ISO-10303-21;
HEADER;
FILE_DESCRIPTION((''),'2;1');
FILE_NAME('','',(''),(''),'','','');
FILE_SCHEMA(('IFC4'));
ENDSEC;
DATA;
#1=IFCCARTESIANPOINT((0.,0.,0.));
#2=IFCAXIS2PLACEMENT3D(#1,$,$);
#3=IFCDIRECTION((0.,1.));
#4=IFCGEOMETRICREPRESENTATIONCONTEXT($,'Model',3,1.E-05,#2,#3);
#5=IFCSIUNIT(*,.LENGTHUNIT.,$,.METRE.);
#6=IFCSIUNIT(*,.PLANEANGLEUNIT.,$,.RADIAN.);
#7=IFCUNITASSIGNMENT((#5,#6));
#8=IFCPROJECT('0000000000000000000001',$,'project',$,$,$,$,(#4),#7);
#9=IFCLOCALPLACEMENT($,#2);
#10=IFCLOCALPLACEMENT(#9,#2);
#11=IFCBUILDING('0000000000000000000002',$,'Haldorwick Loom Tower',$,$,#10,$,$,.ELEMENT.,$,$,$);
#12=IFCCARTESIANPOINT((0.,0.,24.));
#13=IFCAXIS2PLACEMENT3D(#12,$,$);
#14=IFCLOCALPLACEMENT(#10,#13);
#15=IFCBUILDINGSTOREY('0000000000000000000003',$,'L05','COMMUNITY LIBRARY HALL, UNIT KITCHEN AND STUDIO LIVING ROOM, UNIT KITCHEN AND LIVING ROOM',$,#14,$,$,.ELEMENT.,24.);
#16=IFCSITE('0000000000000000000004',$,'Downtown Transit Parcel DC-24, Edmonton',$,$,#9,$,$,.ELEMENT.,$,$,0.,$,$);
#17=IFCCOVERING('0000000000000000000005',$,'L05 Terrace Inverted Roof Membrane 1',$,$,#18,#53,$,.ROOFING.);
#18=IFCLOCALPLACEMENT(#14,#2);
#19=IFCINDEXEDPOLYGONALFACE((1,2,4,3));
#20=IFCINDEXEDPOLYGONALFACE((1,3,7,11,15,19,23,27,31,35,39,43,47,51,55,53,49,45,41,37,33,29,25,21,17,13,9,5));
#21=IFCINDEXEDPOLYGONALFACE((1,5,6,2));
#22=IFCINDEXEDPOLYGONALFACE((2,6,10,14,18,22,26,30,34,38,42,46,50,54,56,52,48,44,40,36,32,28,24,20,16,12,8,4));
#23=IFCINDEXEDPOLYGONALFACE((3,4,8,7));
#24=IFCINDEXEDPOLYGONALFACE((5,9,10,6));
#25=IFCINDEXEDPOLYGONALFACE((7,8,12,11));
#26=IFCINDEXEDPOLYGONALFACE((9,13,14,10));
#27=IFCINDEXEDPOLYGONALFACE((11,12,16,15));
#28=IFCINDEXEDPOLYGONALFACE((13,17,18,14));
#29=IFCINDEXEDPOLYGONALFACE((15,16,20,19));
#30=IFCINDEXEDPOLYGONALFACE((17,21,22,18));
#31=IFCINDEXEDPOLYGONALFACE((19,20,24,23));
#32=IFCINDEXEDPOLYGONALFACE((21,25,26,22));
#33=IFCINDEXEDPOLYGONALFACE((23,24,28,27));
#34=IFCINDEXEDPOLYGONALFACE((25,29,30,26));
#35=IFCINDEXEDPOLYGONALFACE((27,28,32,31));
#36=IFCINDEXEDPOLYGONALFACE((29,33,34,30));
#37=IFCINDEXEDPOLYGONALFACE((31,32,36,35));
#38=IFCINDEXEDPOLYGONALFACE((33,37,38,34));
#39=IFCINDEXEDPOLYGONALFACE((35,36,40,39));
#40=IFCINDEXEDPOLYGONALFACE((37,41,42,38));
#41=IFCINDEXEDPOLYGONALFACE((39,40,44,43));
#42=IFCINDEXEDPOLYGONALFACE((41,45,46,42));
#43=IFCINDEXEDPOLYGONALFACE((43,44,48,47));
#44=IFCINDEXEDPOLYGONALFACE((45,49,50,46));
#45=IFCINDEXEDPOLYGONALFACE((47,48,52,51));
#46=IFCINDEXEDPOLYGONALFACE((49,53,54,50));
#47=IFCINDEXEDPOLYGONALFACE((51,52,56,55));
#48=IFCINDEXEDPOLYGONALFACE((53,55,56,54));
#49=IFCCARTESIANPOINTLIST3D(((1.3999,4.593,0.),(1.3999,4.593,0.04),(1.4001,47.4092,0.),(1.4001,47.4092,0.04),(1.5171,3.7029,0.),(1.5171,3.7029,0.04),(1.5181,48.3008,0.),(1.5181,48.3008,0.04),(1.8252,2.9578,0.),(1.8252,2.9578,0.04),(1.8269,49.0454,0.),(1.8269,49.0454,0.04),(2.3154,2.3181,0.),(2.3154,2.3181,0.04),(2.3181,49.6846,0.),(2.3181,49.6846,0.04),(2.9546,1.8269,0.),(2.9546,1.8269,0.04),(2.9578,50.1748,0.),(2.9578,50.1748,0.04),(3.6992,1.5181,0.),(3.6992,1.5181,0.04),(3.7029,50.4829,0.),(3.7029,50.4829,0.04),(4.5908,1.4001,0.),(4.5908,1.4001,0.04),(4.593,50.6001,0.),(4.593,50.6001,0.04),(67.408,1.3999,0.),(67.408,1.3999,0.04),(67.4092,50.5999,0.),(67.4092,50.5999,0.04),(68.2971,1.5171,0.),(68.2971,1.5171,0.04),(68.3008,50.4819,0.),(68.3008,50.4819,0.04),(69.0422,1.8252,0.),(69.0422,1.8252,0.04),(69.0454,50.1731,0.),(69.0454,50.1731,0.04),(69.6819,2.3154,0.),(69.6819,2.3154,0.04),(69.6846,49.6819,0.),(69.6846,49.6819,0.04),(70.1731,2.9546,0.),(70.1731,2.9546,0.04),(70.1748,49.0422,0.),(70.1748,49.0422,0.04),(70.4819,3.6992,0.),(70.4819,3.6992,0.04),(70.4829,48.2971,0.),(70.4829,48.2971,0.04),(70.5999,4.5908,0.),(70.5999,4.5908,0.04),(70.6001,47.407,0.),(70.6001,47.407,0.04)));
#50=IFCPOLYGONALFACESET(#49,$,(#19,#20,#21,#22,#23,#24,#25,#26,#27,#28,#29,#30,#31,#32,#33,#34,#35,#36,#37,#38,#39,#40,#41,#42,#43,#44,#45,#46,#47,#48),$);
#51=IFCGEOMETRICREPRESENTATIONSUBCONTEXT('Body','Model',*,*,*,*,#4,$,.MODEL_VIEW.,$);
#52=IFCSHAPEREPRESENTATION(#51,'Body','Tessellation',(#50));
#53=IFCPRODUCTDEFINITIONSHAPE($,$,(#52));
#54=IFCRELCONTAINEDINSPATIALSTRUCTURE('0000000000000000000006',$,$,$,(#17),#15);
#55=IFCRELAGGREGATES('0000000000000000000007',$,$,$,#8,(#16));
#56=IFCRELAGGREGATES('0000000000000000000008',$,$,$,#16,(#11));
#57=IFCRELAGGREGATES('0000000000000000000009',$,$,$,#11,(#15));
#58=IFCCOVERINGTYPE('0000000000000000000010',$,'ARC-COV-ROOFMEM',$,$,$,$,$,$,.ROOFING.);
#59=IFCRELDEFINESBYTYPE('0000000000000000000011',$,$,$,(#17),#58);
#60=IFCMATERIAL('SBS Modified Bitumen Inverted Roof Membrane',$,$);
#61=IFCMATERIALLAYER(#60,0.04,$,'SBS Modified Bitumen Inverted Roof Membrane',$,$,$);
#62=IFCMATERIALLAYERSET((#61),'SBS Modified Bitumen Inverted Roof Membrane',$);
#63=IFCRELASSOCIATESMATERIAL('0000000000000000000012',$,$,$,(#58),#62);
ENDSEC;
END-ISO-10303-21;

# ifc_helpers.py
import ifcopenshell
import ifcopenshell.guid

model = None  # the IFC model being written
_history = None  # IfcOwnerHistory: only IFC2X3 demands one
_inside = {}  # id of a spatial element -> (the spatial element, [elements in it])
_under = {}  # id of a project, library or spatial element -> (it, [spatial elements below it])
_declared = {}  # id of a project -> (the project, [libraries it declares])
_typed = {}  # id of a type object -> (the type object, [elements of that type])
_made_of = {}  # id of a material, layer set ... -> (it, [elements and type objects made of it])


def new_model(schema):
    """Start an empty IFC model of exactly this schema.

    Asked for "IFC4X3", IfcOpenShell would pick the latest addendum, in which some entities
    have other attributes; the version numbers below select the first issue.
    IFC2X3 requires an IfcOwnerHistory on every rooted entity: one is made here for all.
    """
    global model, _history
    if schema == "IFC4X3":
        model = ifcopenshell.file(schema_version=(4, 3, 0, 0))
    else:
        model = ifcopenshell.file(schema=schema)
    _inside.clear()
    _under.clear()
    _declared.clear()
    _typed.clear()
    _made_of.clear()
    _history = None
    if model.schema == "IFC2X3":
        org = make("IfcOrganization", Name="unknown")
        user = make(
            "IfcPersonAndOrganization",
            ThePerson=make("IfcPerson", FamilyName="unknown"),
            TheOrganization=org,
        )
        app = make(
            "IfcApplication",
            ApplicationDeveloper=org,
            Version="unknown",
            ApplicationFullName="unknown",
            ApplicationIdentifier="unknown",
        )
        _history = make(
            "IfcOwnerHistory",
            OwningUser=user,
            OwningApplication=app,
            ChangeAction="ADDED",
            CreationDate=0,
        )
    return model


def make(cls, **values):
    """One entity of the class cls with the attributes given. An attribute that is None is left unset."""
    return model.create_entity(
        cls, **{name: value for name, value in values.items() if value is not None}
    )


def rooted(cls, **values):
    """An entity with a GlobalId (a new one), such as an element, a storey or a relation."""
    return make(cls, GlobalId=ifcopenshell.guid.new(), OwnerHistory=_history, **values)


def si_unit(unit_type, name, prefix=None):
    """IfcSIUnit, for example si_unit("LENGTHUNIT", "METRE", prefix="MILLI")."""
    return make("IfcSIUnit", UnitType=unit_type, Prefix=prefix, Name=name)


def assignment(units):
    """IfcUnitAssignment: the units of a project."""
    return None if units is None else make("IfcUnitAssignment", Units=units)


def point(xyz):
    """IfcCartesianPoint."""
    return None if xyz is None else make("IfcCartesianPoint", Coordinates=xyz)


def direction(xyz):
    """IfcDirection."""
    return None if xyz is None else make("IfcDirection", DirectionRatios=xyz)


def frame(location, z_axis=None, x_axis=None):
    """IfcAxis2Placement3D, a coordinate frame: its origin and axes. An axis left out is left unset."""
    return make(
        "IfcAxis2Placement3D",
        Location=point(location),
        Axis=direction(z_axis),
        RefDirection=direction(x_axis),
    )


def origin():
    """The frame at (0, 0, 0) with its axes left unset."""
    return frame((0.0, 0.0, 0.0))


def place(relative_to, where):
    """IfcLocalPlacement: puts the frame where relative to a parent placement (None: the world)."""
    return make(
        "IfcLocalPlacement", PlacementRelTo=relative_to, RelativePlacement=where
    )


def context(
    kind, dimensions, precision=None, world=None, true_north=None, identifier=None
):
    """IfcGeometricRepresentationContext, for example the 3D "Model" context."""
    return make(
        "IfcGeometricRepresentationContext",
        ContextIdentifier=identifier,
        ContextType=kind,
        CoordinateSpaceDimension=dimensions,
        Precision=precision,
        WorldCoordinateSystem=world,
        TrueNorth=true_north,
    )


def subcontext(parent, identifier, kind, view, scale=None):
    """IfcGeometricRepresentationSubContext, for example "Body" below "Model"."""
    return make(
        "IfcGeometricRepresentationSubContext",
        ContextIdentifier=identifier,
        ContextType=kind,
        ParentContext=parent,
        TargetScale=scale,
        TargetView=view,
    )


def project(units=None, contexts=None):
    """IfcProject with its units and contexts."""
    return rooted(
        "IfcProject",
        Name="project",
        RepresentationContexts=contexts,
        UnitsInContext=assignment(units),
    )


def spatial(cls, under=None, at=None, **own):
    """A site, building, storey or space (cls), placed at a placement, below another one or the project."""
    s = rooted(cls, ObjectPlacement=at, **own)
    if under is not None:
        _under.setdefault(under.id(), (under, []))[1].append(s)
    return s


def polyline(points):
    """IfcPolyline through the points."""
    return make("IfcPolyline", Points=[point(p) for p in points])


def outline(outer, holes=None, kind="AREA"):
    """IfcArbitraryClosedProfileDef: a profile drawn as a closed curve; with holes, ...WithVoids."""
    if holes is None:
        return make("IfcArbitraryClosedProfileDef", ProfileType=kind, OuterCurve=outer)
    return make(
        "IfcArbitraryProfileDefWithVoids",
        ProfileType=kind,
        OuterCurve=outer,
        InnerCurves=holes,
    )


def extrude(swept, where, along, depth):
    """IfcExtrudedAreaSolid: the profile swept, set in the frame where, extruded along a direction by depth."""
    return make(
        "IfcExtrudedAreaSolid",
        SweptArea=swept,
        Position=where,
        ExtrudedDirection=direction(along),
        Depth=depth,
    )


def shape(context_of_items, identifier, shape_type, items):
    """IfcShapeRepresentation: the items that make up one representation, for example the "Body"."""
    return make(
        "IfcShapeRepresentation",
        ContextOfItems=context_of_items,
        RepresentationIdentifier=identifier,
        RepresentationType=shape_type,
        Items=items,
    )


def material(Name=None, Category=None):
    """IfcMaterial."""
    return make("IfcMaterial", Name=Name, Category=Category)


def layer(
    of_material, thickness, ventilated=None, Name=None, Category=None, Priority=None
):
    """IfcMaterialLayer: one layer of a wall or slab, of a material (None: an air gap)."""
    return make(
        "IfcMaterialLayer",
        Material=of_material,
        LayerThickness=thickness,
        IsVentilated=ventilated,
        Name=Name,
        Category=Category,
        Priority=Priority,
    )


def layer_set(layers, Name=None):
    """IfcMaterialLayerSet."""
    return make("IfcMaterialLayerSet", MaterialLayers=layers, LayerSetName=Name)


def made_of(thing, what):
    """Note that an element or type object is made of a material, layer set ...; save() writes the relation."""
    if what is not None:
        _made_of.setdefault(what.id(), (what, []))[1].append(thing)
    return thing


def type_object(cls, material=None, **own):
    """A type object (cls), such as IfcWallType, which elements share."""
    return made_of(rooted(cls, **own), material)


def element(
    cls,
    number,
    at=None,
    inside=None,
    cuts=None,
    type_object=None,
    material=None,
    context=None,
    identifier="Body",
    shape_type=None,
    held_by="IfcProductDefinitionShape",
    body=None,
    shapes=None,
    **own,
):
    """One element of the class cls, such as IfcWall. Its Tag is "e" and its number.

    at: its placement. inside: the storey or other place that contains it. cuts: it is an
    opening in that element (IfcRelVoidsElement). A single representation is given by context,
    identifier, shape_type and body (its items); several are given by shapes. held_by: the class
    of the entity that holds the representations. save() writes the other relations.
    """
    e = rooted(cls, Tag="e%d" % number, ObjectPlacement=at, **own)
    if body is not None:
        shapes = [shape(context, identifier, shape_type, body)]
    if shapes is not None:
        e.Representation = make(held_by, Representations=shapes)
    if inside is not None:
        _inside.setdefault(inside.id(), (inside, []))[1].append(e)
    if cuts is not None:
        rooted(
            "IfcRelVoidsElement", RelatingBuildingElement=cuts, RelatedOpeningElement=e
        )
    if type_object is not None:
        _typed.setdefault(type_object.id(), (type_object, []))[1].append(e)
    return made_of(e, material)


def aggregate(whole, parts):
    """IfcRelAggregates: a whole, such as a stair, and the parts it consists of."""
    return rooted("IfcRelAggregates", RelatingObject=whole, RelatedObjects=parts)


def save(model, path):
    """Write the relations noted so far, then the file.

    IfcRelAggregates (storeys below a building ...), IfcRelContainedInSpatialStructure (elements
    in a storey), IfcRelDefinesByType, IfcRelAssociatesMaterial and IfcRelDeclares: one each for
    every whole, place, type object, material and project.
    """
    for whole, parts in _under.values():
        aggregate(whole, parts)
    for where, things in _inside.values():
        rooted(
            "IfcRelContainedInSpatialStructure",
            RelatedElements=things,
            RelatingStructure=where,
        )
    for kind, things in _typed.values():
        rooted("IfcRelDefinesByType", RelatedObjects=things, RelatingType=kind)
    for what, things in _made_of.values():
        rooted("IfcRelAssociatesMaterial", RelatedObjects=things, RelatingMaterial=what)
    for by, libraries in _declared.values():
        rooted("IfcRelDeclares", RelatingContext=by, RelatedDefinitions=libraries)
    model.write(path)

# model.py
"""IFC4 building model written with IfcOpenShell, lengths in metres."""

from ifc_helpers import new_model, si_unit, direction, frame, origin, place, context, subcontext, project, spatial, polyline, outline, extrude, material, layer, layer_set, type_object, element, save


model = new_model("IFC4")

# Units and contexts
model_context = context("Model", 3, precision=1e-05, world=origin(), true_north=direction((0.0, 1.0)))
body_context = subcontext(model_context, "Body", "Model", "MODEL_VIEW")
ifc_project = project(units=[si_unit("LENGTHUNIT", "METRE"), si_unit("PLANEANGLEUNIT", "RADIAN")], contexts=[model_context])

# Site, building, storey
site_placement = place(None, origin())
site = spatial("IfcSite", under=ifc_project, at=site_placement, Name="Downtown Transit Parcel DC-24, Edmonton", CompositionType="ELEMENT", RefElevation=0.0)
building_placement = place(site_placement, origin())
building = spatial("IfcBuilding", under=site, at=building_placement, Name="Haldorwick Loom Tower", CompositionType="ELEMENT")
storey_placement = place(building_placement, frame((0.0, 0.0, 24.0)))
storey = spatial("IfcBuildingStorey", under=building, at=storey_placement, Name="L05", Description="COMMUNITY LIBRARY HALL, UNIT KITCHEN AND STUDIO LIVING ROOM, UNIT KITCHEN AND LIVING ROOM", CompositionType="ELEMENT", Elevation=24.0)

# Covering
ifc_material_1 = material(Name="SBS Modified Bitumen Inverted Roof Membrane")
ifc_layer_1 = layer(ifc_material_1, 0.04, Name="SBS Modified Bitumen Inverted Roof Membrane")
ifc_layer_set_1 = layer_set([ifc_layer_1], Name="SBS Modified Bitumen Inverted Roof Membrane")
covering_type_1 = type_object("IfcCoveringType", Name="ARC-COV-ROOFMEM", PredefinedType="ROOFING", material=ifc_layer_set_1)
covering_1_placement = place(storey_placement, origin())
element("IfcCovering", 1, at=covering_1_placement, inside=storey, type_object=covering_type_1, Name="L05 Terrace Inverted Roof Membrane 1", PredefinedType="ROOFING", context=body_context, shape_type="SweptSolid", body=[
    extrude(outline(polyline([(67.408, 1.3999), (68.2971, 1.5171), (69.0422, 1.8252), (69.6819, 2.3154), (70.1731, 2.9546), (70.4819, 3.6992), (70.5999, 4.5908), (70.6001, 47.407), (70.4829, 48.2971), (70.1748, 49.0422), (69.6846, 49.6819), (69.0454, 50.1731), (68.3008, 50.4819), (67.4092, 50.5999), (4.593, 50.6001), (3.7029, 50.4829), (2.9578, 50.1748), (2.3181, 49.6846), (1.8269, 49.0454), (1.5181, 48.3008), (1.4001, 47.4092), (1.3999, 4.593), (1.5171, 3.7029), (1.8252, 2.9578), (2.3154, 2.3181), (2.9546, 1.8269), (3.6992, 1.5181), (4.5908, 1.4001), (67.408, 1.3999)])), origin(), (0.0, 0.0, 1.0), 0.04),
])

save(model, "model.ifc")
